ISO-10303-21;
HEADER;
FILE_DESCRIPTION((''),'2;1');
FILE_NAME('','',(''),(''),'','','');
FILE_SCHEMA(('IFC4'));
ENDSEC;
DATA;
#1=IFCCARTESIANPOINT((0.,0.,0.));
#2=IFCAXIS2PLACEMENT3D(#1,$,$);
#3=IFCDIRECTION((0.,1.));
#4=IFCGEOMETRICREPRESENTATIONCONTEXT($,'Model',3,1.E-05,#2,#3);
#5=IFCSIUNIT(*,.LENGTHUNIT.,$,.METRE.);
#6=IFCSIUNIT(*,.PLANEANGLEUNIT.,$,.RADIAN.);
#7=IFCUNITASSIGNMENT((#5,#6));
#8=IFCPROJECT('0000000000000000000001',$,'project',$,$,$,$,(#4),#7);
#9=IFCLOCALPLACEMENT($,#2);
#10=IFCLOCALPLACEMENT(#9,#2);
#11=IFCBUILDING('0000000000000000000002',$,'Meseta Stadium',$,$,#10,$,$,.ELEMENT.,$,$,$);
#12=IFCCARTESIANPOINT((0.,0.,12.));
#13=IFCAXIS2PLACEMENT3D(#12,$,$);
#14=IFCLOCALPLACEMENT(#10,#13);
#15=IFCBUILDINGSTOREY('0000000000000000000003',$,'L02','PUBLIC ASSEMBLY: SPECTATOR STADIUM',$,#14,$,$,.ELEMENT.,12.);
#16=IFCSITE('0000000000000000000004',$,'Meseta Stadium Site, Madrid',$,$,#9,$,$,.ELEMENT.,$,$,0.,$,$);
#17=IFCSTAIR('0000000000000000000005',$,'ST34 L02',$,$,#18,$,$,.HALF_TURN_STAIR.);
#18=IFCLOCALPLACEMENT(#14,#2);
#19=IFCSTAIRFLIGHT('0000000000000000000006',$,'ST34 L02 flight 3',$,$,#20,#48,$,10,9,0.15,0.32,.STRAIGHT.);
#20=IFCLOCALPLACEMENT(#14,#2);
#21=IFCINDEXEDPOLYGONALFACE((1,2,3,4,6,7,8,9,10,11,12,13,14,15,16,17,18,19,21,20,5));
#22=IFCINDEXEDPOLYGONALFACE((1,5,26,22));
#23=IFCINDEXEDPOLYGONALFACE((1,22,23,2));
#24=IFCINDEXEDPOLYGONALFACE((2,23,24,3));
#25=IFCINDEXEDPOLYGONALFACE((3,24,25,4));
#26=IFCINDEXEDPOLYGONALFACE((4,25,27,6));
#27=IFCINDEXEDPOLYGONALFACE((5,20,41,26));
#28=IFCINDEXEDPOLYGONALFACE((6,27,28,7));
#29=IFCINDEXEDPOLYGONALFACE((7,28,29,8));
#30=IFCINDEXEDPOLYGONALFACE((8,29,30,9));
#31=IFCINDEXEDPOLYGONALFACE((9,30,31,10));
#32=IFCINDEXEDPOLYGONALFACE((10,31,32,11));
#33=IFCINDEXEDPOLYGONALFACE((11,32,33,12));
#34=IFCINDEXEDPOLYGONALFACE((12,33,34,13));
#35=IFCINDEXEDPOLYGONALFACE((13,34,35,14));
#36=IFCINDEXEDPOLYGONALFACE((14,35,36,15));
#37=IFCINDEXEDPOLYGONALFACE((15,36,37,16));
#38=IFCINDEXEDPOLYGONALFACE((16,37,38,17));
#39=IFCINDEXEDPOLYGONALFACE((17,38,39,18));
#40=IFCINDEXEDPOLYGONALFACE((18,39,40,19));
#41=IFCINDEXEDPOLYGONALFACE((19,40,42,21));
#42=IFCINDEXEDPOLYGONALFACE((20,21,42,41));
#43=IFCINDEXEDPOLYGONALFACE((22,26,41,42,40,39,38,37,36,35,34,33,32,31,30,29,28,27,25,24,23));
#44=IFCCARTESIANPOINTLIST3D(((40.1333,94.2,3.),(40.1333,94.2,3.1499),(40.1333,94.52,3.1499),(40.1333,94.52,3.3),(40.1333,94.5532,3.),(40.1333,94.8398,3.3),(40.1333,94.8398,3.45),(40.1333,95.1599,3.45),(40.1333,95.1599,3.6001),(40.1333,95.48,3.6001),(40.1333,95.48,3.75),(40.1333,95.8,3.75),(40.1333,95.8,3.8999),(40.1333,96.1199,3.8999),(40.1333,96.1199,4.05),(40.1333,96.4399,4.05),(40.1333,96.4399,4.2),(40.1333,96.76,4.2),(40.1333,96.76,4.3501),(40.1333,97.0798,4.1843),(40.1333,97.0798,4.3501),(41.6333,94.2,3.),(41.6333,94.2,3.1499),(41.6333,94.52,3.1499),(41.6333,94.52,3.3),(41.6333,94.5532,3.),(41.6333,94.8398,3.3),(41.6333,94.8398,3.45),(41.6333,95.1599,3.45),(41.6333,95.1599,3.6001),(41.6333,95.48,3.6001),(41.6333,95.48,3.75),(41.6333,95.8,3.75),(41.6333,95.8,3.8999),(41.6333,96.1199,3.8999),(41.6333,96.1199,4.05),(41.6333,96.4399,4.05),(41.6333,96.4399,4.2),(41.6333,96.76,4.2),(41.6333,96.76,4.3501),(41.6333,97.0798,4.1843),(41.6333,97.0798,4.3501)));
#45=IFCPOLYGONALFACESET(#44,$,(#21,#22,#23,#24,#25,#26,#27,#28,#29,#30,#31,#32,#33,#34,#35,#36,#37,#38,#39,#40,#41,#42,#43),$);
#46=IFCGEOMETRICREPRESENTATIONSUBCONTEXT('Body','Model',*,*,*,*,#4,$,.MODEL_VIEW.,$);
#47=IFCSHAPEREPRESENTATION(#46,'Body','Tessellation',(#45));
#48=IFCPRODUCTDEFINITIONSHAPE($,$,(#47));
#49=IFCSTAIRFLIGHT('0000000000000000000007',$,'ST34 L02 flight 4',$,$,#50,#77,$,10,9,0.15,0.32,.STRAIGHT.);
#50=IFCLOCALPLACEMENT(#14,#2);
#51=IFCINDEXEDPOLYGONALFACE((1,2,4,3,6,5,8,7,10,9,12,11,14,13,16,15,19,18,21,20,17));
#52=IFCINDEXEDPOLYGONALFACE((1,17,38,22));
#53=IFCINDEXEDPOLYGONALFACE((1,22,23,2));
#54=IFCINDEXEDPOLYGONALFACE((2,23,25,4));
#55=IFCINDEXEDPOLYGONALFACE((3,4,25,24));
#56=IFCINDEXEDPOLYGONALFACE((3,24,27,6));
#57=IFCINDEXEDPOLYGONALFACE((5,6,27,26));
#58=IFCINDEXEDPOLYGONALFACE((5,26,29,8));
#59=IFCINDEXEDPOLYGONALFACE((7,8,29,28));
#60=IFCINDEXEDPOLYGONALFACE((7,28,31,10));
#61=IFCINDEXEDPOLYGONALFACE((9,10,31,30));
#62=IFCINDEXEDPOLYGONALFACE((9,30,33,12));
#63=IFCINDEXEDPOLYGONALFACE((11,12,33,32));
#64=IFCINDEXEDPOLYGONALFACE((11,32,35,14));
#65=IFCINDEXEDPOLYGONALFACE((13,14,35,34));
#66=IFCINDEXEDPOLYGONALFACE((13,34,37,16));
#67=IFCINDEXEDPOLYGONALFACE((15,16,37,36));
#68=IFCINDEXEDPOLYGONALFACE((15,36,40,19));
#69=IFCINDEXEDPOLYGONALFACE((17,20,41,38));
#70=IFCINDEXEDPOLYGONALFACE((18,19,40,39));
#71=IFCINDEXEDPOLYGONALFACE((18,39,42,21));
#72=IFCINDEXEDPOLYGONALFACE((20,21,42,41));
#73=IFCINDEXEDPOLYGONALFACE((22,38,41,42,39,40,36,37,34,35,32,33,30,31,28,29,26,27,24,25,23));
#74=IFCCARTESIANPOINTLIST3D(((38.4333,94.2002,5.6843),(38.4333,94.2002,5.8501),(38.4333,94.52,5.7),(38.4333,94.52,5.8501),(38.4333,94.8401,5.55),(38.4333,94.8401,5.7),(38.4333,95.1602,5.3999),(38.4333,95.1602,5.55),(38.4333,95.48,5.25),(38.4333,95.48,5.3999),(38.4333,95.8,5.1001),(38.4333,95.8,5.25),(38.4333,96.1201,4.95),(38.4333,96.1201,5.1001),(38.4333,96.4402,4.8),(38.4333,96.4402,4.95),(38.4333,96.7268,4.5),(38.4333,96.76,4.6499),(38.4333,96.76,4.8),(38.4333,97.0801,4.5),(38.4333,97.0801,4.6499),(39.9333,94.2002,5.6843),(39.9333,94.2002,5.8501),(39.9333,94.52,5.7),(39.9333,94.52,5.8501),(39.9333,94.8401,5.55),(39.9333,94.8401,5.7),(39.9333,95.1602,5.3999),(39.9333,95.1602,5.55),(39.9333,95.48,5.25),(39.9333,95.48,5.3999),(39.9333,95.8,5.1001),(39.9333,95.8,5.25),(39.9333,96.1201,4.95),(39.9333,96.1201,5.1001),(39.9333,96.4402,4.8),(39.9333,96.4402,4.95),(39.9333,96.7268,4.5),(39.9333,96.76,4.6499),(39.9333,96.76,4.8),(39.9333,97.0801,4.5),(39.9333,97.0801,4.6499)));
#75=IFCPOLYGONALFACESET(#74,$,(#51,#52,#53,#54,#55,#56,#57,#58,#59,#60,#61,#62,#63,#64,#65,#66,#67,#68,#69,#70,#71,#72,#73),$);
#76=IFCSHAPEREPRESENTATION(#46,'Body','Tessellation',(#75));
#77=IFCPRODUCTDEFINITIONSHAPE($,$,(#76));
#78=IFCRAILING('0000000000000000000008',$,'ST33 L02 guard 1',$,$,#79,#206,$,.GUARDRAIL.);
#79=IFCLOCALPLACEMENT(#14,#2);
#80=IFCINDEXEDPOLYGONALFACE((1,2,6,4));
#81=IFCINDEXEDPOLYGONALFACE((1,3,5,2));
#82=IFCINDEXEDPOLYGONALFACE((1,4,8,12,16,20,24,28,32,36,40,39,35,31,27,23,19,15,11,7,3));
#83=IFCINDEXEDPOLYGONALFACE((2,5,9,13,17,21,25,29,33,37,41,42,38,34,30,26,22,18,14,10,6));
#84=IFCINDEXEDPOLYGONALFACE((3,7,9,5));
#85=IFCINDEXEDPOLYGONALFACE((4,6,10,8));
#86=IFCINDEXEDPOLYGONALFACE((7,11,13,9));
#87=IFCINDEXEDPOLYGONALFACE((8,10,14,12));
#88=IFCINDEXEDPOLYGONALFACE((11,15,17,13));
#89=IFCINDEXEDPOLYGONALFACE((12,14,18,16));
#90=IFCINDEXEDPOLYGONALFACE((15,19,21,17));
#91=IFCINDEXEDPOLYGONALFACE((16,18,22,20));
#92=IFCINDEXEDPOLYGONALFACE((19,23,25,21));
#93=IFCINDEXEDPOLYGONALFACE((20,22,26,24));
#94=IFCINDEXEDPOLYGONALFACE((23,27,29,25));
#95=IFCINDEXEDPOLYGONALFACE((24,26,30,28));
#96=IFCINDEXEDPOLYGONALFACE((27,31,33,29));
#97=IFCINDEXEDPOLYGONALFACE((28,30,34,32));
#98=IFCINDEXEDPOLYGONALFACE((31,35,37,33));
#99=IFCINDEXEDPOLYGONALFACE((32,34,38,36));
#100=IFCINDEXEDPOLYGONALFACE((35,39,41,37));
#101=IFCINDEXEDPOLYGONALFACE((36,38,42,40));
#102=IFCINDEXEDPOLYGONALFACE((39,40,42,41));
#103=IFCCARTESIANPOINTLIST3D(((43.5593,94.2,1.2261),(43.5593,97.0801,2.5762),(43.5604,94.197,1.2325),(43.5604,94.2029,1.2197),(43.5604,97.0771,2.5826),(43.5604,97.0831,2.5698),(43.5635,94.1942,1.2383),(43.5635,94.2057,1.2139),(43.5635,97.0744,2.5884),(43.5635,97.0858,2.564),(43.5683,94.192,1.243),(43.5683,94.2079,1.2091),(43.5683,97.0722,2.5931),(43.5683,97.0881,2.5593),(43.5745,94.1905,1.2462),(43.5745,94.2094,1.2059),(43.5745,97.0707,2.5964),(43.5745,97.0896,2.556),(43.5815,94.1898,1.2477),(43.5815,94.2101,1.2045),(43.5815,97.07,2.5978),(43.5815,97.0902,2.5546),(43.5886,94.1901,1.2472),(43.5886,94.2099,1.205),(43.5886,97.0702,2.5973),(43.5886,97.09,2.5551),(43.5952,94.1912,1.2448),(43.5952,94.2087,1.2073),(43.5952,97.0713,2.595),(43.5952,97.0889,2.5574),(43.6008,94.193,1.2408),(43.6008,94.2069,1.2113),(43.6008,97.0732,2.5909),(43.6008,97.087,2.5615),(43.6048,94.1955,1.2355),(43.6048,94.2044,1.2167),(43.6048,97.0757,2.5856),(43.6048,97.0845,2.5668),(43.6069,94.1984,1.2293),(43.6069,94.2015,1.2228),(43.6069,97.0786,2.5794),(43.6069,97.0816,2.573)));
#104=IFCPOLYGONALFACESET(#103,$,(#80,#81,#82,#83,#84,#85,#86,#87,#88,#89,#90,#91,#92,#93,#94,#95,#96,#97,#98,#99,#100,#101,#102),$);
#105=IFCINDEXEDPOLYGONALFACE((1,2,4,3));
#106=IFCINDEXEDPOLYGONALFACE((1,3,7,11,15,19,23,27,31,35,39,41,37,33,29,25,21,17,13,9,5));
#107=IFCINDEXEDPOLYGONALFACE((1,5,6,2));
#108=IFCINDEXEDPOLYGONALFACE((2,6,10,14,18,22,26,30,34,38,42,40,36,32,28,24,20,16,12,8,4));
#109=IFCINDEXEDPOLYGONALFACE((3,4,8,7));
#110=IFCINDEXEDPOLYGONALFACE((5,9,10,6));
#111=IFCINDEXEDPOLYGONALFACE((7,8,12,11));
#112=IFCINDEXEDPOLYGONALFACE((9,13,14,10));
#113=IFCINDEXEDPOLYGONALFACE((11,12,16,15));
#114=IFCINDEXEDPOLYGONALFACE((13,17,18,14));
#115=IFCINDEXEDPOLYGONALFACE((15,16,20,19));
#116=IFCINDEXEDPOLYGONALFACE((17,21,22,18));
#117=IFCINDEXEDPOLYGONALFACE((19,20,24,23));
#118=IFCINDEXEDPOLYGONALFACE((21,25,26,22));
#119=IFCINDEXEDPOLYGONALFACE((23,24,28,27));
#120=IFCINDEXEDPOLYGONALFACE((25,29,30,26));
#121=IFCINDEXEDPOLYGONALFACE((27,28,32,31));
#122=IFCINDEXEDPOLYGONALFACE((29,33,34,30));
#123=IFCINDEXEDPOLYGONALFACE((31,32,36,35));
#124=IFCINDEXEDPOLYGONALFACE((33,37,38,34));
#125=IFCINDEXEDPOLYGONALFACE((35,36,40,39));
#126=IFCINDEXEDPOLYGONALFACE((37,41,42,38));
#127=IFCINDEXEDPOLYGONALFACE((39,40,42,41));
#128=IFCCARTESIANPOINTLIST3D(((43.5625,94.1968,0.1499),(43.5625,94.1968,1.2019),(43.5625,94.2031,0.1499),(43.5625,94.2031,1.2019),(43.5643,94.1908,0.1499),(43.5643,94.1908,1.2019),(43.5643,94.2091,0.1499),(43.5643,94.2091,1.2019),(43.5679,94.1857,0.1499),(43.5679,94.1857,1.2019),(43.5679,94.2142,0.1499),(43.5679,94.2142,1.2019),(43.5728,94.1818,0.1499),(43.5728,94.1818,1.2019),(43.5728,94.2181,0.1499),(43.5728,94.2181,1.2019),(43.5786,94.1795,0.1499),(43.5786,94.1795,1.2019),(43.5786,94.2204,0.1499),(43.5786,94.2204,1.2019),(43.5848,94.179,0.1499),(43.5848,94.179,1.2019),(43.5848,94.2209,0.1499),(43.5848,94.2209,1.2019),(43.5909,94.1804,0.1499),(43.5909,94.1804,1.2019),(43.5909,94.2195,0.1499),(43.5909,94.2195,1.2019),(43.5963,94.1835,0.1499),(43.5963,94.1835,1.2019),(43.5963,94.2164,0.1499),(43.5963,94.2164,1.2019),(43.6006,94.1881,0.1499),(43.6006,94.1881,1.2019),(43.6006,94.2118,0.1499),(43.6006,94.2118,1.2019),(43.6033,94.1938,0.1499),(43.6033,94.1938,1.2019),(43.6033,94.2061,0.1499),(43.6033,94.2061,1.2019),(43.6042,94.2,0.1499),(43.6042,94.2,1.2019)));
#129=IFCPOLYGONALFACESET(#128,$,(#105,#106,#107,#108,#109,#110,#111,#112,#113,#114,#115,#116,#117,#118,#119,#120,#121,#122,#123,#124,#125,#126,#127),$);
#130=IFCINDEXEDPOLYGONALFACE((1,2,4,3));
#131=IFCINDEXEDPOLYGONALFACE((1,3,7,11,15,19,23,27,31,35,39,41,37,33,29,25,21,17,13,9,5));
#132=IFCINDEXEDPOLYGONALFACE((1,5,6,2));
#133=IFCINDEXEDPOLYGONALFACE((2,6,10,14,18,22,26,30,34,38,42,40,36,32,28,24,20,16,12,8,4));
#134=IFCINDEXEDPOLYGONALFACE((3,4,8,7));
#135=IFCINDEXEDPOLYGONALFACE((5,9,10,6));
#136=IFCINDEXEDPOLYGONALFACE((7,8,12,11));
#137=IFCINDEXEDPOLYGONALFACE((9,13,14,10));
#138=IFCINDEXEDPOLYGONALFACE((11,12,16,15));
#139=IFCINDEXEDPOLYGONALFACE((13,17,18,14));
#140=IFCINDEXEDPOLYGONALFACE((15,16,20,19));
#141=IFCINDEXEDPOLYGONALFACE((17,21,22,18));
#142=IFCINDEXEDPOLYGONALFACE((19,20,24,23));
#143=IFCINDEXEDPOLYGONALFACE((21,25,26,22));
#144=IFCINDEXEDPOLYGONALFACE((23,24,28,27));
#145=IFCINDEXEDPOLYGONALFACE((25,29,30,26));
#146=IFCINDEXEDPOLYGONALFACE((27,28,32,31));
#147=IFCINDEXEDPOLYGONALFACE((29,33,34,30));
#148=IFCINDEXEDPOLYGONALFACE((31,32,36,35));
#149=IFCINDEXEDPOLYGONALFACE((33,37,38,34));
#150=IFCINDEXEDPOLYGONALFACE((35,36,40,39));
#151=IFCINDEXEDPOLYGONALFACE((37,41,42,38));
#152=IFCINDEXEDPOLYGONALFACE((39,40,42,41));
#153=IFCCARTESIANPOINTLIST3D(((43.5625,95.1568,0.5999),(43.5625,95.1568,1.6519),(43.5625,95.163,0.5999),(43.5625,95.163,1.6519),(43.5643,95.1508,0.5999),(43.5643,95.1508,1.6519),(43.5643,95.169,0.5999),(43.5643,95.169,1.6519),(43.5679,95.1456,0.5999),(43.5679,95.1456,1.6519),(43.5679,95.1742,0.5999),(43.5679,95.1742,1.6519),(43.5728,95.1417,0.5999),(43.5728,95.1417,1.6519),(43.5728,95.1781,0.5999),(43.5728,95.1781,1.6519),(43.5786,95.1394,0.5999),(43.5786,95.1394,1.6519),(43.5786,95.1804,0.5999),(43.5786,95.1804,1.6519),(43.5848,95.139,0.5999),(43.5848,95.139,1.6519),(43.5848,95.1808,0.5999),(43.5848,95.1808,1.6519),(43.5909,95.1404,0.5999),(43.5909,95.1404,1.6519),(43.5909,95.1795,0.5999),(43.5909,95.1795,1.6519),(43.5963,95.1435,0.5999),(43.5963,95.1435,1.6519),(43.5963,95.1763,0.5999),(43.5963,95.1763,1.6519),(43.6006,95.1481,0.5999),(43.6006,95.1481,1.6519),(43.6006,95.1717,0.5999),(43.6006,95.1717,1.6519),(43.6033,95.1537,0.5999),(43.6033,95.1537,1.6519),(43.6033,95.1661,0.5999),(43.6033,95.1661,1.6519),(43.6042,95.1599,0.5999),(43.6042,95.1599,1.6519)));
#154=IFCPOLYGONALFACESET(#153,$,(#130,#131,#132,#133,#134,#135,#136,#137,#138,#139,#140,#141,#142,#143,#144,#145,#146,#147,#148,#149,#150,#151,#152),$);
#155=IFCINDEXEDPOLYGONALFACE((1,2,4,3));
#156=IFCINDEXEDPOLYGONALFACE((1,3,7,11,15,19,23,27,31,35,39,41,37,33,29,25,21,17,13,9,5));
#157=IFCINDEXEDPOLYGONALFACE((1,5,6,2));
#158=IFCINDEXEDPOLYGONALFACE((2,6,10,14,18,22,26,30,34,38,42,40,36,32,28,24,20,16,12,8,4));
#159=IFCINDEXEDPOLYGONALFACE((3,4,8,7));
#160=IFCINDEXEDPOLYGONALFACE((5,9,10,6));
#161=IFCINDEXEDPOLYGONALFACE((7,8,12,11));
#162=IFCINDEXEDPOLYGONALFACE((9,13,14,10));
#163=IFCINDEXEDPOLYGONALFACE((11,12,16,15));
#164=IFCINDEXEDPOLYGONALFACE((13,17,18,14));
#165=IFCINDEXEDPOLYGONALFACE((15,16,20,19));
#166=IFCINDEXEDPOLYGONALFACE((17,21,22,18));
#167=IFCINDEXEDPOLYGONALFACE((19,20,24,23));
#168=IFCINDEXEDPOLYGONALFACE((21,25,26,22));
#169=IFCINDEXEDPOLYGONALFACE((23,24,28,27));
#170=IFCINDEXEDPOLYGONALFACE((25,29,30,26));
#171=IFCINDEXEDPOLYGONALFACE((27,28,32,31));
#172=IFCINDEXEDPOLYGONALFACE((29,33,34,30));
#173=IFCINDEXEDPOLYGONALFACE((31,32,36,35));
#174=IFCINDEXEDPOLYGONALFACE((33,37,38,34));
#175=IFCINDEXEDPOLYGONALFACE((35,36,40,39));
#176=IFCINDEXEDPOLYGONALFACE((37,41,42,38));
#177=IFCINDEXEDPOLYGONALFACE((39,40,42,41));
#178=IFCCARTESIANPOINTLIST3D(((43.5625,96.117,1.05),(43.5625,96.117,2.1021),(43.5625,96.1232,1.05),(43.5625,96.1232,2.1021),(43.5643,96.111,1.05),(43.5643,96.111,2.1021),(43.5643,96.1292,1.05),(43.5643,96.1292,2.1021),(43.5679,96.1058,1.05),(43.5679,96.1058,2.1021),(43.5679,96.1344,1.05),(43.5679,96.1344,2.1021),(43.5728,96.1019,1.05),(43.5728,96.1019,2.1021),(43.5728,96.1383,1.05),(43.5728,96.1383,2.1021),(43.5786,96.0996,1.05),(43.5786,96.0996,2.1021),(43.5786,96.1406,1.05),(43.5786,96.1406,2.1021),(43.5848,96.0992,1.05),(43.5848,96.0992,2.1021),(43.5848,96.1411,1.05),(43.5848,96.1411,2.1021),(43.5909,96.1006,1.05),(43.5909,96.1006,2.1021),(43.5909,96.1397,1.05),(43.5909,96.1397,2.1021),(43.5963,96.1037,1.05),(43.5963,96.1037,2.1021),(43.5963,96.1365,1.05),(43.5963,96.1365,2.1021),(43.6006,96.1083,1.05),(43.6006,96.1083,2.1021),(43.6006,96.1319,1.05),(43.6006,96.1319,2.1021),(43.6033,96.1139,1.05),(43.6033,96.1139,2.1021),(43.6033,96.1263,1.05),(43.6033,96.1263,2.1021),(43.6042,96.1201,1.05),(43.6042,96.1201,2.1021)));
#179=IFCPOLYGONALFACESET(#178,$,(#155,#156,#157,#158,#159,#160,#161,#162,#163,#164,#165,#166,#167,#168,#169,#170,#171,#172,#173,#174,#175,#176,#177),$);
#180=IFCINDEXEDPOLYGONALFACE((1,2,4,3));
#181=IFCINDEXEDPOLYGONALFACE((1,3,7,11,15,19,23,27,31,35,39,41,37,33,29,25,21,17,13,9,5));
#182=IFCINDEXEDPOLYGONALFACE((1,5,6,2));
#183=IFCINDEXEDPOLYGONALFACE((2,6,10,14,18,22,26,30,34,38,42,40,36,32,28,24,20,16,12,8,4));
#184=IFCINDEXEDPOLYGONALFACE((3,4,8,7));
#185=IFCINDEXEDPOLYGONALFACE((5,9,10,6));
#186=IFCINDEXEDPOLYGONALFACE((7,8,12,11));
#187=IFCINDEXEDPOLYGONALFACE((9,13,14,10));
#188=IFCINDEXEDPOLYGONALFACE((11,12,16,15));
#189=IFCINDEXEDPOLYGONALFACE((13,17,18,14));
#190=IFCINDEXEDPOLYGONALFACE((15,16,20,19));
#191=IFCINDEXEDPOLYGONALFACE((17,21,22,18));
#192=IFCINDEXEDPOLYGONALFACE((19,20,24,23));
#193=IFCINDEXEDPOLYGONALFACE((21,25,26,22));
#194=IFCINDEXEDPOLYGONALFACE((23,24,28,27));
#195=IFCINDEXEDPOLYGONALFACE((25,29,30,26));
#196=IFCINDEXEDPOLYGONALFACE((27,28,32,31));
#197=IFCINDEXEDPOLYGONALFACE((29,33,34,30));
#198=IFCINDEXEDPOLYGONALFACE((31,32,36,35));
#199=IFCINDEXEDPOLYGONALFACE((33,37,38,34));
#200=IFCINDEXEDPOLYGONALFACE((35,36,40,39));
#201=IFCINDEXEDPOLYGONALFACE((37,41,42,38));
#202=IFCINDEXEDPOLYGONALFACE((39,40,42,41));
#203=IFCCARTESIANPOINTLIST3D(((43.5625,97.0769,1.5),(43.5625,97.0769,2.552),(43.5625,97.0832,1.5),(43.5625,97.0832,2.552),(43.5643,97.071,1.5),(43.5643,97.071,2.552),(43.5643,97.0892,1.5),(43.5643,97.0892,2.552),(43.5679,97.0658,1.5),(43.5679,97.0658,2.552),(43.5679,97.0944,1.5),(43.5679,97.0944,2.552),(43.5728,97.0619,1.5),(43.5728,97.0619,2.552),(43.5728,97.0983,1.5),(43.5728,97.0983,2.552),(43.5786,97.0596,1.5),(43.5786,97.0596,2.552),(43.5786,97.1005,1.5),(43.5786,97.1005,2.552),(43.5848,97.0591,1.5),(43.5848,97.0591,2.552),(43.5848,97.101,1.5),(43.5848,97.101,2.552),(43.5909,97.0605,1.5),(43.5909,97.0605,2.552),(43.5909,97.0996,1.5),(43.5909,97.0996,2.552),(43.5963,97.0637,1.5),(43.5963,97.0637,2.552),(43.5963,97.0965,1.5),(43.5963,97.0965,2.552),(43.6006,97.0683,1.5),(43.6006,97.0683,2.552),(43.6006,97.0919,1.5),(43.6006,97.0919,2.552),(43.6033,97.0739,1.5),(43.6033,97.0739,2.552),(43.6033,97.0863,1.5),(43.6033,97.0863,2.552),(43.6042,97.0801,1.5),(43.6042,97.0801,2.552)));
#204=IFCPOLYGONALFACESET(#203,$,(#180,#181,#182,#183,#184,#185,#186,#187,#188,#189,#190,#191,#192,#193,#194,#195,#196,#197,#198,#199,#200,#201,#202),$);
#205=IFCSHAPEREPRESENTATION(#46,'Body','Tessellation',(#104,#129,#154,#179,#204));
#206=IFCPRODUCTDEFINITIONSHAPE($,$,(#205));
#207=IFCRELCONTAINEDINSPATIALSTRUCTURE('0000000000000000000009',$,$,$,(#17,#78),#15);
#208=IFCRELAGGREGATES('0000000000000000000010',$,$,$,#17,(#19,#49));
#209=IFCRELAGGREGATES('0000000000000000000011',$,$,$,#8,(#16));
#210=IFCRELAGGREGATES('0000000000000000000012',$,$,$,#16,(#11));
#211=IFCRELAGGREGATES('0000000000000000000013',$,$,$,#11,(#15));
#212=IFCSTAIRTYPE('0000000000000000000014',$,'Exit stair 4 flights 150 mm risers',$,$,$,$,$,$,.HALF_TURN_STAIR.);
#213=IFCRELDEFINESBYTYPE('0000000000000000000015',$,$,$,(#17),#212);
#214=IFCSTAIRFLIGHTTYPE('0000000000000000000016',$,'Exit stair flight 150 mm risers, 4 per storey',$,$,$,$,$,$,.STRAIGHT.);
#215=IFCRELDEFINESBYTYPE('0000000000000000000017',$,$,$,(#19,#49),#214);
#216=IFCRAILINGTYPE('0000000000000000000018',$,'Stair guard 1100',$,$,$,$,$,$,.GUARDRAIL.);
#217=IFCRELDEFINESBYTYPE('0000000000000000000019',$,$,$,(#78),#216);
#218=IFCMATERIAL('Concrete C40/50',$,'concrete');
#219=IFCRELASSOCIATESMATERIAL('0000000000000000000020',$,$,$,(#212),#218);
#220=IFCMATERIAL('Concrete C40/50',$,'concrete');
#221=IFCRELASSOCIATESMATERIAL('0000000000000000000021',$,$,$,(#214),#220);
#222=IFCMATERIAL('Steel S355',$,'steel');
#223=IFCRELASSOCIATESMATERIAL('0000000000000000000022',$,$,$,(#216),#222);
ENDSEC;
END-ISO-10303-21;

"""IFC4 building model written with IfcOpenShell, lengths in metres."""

from ifc_helpers import new_model, si_unit, direction, frame, origin, origin_2d, place, context, subcontext, project, spatial, polyline, circle, outline, extrude, material, type_object, element, aggregate, save


model = new_model("IFC4")

# Units and contexts
model_context = context("Model", 3, precision=1e-05, world=origin(), true_north=direction((0.0, 1.0)))
body_context = subcontext(model_context, "Body", "Model", "MODEL_VIEW")
ifc_project = project(units=[si_unit("LENGTHUNIT", "METRE"), si_unit("PLANEANGLEUNIT", "RADIAN")], contexts=[model_context])

# Site, building, storey
site_placement = place(None, origin())
site = spatial("IfcSite", under=ifc_project, at=site_placement, Name="Meseta Stadium Site, Madrid", CompositionType="ELEMENT", RefElevation=0.0)
building_placement = place(site_placement, origin())
building = spatial("IfcBuilding", under=site, at=building_placement, Name="Meseta Stadium", CompositionType="ELEMENT")
storey_placement = place(building_placement, frame((0.0, 0.0, 12.0)))
storey = spatial("IfcBuildingStorey", under=building, at=storey_placement, Name="L02", Description="PUBLIC ASSEMBLY: SPECTATOR STADIUM", CompositionType="ELEMENT", Elevation=12.0)

# Stair, stair flights
ifc_material_1 = material(Name="Concrete C40/50", Category="concrete")
stair_type = type_object("IfcStairType", Name="Exit stair 4 flights 150 mm risers", PredefinedType="HALF_TURN_STAIR", material=ifc_material_1)
ifc_material_2 = material(Name="Concrete C40/50", Category="concrete")
stair_flight_type = type_object("IfcStairFlightType", Name="Exit stair flight 150 mm risers, 4 per storey", PredefinedType="STRAIGHT", material=ifc_material_2)
stair_1_placement = place(storey_placement, origin())
stair_1 = element("IfcStair", 1, at=stair_1_placement, inside=storey, type_object=stair_type, Name="ST34 L02", PredefinedType="HALF_TURN_STAIR")
stair_flight_1_placement = place(storey_placement, frame((40.8833, 94.2, 3.0), z_axis=(0.0, 0.0, 1.0), x_axis=(0.0, 1.0, 0.0)))
stair_flight_1 = element("IfcStairFlight", 2, at=stair_flight_1_placement, type_object=stair_flight_type, Name="ST34 L02 flight 3", NumberOfRisers=10, NumberOfTreads=9, PredefinedType="STRAIGHT", RiserHeight=0.15, TreadLength=0.32, context=body_context, shape_type="SweptSolid", body=[
    extrude(outline(polyline([(0.0, 0.0), (0.0, 0.1499), (0.3201, 0.1499), (0.3201, 0.3), (0.6399, 0.3), (0.6399, 0.45), (0.96, 0.45), (0.96, 0.6001), (1.28, 0.6001), (1.28, 0.75), (1.6001, 0.75), (1.6001, 0.8999), (1.9199, 0.8999), (1.9199, 1.05), (2.24, 1.05), (2.24, 1.2), (2.5601, 1.2), (2.5601, 1.3501), (2.8799, 1.3501), (2.8799, 1.1843), (0.3533, 0.0), (0.0, 0.0)])), frame((0.0, 0.75, 0.0), z_axis=(0.0, -1.0, 0.0), x_axis=(1.0, 0.0, 0.0)), (0.0, 0.0, 1.0), 1.5),
])
stair_flight_2_placement = place(storey_placement, frame((39.1833, 97.0801, 4.5), z_axis=(0.0, 0.0, 1.0), x_axis=(0.0, -1.0, 0.0)))
stair_flight_2 = element("IfcStairFlight", 3, at=stair_flight_2_placement, type_object=stair_flight_type, Name="ST34 L02 flight 4", NumberOfRisers=10, NumberOfTreads=9, PredefinedType="STRAIGHT", RiserHeight=0.15, TreadLength=0.32, context=body_context, shape_type="SweptSolid", body=[
    extrude(outline(polyline([(0.0, 0.0), (0.0, 0.1499), (0.3201, 0.1499), (0.3201, 0.3), (0.6399, 0.3), (0.6399, 0.45), (0.96, 0.45), (0.96, 0.6001), (1.28, 0.6001), (1.28, 0.75), (1.6001, 0.75), (1.6001, 0.8999), (1.9199, 0.8999), (1.9199, 1.05), (2.24, 1.05), (2.24, 1.2), (2.5601, 1.2), (2.5601, 1.3501), (2.8799, 1.3501), (2.8799, 1.1843), (0.3533, 0.0), (0.0, 0.0)])), frame((0.0, 0.75, 0.0), z_axis=(0.0, -1.0, 0.0), x_axis=(1.0, 0.0, 0.0)), (0.0, 0.0, 1.0), 1.5),
])
aggregate(stair_1, [stair_flight_1, stair_flight_2])

# Railing
ifc_material_3 = material(Name="Steel S355", Category="steel")
railing_type_1 = type_object("IfcRailingType", Name="Stair guard 1100", PredefinedType="GUARDRAIL", material=ifc_material_3)
railing_1_placement = place(storey_placement, frame((43.5833, 94.2, 0.1499)))
element("IfcRailing", 4, at=railing_1_placement, inside=storey, type_object=railing_type_1, Name="ST33 L02 guard 1", PredefinedType="GUARDRAIL", context=body_context, shape_type="SweptSolid", body=[
    extrude(circle(Radius=0.0239, at=origin_2d()), frame((0.0, 0.0, 1.0762), z_axis=(0.0, 0.905454, 0.424444), x_axis=(-1.0, 0.0, 0.0)), (0.0, 0.0, 1.0), 3.1809),
    extrude(circle(Radius=0.021, at=origin_2d()), origin(), (0.0, 0.0, 1.0), 1.052),
    extrude(circle(Radius=0.021, at=origin_2d()), frame((0.0, 0.96, 0.45)), (0.0, 0.0, 1.0), 1.052),
    extrude(circle(Radius=0.021, at=origin_2d()), frame((0.0, 1.9202, 0.9001)), (0.0, 0.0, 1.0), 1.052),
    extrude(circle(Radius=0.021, at=origin_2d()), frame((0.0, 2.8801, 1.3501)), (0.0, 0.0, 1.0), 1.052),
])

save(model, "model.ifc")
